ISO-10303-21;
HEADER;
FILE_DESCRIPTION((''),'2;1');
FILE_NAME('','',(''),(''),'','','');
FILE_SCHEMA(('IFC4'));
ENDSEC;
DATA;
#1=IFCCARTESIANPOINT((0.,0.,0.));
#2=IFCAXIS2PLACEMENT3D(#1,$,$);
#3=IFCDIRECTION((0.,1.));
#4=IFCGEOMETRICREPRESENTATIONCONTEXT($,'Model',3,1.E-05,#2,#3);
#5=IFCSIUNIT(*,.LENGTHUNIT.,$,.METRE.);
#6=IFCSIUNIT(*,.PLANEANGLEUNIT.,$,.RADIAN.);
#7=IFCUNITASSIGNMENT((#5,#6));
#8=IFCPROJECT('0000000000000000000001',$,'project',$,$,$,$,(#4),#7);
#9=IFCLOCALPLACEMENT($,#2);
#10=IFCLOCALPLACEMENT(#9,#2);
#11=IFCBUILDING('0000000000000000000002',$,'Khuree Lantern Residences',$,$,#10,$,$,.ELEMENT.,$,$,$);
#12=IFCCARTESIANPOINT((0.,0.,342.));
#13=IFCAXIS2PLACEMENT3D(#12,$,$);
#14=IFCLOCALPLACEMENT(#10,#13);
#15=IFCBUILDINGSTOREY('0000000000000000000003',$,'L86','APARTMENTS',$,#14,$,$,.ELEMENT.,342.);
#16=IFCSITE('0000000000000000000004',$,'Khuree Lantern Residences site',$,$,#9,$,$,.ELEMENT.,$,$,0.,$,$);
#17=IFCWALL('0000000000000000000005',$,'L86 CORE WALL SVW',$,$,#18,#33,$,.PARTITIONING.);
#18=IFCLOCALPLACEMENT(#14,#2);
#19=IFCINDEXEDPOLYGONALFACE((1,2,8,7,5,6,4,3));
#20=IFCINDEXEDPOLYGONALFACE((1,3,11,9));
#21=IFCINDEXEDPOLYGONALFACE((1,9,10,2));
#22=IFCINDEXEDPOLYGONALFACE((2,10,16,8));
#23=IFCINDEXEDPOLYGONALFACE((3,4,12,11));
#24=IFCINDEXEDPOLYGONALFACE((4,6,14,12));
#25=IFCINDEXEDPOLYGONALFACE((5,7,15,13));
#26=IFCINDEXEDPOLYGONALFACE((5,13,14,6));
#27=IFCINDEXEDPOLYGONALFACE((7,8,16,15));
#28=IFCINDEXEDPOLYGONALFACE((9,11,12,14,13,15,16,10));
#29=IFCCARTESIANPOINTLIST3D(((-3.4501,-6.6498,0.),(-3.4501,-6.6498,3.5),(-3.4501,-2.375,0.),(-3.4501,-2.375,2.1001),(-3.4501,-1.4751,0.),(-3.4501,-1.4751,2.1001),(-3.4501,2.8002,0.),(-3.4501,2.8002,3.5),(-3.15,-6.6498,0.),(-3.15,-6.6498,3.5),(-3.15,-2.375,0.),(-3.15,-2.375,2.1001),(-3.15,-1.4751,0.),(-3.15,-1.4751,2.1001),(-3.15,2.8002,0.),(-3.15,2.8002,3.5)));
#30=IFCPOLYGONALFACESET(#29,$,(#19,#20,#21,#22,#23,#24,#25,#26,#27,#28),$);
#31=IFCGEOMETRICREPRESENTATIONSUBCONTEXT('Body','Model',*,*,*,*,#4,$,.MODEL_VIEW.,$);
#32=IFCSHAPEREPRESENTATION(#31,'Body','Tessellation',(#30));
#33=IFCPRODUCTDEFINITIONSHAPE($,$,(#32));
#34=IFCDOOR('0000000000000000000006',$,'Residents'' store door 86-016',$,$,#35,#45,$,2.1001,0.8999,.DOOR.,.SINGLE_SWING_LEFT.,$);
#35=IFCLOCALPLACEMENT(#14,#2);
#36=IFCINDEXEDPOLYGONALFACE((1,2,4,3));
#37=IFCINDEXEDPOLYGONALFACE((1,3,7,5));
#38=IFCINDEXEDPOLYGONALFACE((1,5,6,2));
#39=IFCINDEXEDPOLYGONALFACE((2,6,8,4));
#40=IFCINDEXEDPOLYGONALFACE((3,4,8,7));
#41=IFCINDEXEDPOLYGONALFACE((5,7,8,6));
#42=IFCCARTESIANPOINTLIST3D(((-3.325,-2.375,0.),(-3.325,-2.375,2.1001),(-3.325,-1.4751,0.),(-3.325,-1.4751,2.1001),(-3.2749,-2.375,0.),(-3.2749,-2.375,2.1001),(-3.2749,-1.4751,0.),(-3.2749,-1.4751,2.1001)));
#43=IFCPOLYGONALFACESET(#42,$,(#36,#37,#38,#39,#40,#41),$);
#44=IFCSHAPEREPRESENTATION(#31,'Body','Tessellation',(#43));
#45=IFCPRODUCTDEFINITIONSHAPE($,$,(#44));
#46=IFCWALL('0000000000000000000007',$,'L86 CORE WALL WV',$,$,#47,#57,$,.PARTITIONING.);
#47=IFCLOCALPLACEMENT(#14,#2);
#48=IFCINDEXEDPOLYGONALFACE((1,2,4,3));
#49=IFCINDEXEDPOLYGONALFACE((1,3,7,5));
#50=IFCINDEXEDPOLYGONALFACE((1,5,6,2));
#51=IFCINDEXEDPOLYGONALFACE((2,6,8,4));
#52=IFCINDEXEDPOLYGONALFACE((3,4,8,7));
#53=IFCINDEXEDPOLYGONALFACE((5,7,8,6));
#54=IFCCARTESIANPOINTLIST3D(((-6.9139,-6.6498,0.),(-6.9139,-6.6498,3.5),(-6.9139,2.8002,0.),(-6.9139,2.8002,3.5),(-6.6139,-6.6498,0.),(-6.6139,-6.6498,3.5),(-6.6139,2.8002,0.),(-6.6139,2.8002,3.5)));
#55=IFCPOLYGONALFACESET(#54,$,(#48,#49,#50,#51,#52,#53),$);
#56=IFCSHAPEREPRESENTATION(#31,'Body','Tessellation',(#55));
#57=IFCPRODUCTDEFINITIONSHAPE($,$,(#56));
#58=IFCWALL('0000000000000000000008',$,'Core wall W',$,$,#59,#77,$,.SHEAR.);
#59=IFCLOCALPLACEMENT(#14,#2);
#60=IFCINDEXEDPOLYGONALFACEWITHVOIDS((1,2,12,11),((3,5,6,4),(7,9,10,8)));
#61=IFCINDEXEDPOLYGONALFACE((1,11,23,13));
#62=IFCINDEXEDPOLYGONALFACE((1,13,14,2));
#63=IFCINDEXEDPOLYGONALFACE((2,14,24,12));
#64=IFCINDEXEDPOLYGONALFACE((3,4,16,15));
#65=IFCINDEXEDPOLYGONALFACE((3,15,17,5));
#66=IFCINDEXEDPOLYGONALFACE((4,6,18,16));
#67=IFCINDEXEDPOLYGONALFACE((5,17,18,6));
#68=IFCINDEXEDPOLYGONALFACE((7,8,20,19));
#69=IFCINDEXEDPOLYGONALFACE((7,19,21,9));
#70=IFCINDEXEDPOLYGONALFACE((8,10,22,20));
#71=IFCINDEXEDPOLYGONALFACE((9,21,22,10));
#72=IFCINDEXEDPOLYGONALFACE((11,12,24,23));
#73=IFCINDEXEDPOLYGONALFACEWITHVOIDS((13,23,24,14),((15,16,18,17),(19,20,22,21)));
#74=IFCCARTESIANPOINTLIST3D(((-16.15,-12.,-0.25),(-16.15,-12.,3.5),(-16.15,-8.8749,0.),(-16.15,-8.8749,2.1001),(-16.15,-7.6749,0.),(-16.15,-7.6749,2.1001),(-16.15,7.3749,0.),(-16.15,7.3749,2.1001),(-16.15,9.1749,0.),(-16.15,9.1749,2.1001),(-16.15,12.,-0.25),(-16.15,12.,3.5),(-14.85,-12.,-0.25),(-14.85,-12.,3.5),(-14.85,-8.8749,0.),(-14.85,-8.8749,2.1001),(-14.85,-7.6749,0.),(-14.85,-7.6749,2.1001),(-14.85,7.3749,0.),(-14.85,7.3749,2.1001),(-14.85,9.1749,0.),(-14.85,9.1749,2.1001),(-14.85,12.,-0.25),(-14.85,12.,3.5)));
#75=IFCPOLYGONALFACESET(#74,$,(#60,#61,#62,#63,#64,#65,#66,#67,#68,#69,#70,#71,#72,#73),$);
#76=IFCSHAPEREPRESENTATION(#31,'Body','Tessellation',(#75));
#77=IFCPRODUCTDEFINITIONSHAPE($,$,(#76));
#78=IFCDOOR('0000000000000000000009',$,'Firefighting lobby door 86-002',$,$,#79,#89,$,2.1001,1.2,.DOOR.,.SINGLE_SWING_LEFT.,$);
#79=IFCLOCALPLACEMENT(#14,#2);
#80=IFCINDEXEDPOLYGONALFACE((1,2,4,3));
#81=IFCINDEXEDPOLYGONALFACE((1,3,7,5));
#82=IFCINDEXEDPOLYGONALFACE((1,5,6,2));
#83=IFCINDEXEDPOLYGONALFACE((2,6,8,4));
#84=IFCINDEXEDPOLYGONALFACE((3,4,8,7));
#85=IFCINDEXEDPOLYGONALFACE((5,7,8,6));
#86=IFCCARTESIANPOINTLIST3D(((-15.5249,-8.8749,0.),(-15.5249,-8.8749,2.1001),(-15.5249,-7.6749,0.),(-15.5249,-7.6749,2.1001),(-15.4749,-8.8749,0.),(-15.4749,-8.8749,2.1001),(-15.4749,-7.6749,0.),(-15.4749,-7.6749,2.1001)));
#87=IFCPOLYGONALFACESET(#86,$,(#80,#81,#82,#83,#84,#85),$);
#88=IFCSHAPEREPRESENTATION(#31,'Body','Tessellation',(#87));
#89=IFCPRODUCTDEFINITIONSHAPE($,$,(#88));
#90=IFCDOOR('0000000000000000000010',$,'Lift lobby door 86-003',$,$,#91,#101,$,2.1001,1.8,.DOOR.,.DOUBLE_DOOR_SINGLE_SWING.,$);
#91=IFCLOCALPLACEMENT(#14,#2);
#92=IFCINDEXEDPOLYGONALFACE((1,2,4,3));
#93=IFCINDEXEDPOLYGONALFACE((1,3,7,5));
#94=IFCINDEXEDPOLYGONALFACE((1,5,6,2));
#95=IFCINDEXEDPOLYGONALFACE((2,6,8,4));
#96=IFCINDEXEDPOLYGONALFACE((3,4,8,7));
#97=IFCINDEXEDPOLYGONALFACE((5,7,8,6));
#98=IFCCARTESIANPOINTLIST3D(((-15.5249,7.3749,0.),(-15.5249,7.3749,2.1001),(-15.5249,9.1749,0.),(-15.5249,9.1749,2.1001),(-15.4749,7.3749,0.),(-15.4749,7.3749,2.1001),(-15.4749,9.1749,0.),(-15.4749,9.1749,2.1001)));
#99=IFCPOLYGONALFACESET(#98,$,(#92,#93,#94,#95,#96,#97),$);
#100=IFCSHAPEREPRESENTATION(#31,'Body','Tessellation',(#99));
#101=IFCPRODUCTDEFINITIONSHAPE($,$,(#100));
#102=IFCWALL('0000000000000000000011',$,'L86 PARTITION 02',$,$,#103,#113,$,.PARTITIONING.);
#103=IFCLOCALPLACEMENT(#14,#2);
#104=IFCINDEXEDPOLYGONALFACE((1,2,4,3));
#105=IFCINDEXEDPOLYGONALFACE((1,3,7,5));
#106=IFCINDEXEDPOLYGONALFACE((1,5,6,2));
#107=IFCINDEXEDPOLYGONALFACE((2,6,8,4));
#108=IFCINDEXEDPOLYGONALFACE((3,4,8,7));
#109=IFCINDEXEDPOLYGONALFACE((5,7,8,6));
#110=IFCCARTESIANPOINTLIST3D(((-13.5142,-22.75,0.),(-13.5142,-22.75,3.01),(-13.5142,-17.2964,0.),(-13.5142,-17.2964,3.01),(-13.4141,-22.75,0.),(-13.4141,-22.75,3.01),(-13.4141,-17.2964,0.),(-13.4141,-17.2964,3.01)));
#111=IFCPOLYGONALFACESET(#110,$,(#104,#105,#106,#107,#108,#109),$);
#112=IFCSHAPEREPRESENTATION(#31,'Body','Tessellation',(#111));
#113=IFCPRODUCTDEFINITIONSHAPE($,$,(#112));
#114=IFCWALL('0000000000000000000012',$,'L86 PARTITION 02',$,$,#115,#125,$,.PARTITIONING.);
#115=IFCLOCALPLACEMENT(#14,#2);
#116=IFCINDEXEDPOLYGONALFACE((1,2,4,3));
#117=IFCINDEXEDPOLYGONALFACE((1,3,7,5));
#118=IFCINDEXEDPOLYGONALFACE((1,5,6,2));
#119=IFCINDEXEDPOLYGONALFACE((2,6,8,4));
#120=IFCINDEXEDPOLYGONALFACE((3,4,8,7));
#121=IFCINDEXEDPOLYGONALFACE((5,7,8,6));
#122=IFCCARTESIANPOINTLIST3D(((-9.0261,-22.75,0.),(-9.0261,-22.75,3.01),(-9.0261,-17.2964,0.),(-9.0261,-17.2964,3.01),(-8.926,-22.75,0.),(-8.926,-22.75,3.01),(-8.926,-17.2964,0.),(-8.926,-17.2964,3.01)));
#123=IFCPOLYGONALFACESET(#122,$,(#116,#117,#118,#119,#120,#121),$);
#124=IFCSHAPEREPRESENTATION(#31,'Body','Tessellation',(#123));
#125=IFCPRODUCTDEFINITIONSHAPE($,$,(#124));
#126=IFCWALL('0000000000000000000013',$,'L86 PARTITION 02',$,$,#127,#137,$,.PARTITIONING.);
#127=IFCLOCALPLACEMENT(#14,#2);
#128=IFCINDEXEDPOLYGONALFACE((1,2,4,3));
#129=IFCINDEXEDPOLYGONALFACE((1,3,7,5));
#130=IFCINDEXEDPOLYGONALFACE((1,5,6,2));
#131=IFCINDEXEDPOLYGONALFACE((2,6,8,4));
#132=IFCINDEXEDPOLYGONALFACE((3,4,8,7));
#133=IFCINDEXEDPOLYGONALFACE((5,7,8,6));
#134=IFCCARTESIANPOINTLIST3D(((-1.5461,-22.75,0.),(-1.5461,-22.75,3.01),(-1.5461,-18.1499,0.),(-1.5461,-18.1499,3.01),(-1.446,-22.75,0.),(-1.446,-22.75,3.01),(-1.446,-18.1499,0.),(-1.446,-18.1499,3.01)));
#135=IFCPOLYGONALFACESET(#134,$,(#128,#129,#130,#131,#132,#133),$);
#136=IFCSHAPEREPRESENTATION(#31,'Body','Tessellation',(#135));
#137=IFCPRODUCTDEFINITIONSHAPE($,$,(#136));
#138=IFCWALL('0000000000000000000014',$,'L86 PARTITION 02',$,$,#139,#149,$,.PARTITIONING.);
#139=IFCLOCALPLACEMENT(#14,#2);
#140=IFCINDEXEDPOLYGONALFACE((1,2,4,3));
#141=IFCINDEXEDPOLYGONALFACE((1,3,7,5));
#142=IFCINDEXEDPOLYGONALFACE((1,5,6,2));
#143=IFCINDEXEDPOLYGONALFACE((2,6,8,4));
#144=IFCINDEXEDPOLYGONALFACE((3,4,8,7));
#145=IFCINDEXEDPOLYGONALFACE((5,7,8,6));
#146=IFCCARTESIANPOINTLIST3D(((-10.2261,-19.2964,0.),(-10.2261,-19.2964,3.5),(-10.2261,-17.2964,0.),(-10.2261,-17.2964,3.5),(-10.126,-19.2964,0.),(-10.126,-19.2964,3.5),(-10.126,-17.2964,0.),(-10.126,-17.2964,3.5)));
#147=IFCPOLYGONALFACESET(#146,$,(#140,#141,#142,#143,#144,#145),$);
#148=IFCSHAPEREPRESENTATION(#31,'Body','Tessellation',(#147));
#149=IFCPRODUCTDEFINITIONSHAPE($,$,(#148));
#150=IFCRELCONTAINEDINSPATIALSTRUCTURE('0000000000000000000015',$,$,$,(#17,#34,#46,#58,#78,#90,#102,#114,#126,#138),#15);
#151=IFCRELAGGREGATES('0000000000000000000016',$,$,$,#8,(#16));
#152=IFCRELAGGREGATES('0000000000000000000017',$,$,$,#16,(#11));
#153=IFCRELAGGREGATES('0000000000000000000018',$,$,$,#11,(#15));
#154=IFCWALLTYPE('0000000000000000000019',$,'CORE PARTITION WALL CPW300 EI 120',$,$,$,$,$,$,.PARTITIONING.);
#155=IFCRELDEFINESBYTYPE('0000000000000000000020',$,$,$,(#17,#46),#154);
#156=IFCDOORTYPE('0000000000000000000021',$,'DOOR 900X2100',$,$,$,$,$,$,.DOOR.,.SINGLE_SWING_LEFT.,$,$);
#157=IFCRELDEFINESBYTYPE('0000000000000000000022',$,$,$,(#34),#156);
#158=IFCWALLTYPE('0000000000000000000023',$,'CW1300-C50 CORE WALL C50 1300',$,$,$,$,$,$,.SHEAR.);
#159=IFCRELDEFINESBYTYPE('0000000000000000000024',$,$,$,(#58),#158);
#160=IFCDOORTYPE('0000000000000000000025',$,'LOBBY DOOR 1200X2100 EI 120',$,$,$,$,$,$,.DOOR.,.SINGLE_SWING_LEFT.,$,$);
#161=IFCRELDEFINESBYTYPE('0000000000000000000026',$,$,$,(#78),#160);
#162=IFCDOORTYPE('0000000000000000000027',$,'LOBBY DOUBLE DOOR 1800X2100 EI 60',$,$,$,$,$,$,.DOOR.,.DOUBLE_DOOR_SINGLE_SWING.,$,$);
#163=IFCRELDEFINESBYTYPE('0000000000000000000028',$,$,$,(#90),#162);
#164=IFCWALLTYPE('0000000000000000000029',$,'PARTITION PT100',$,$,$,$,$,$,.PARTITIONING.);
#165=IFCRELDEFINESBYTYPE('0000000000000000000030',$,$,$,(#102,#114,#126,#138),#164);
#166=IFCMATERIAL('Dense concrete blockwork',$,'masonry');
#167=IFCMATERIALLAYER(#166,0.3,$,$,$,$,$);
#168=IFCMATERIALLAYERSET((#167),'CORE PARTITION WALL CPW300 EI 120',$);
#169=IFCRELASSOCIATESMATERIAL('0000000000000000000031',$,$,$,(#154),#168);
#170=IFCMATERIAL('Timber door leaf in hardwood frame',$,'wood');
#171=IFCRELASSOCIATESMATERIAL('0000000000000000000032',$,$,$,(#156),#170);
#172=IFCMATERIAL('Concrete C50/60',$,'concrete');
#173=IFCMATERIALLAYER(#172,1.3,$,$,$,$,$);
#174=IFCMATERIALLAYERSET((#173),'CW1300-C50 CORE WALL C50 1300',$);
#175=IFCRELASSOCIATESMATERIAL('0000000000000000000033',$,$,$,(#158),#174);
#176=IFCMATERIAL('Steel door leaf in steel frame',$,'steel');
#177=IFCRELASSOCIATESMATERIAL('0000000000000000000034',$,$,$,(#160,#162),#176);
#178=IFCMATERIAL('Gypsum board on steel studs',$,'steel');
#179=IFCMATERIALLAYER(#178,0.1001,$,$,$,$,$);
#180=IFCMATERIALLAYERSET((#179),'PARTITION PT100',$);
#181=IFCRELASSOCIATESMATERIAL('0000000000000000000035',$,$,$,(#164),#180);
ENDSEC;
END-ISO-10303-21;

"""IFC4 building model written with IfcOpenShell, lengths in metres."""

from ifc_helpers import new_model, si_unit, direction, frame, frame_2d, origin, place, context, subcontext, project, spatial, rectangle, extrude, material, layer, layer_set, type_object, element, fill, save


model = new_model("IFC4")

# Units and contexts
model_context = context("Model", 3, precision=1e-05, world=origin(), true_north=direction((0.0, 1.0)))
body_context = subcontext(model_context, "Body", "Model", "MODEL_VIEW")
ifc_project = project(units=[si_unit("LENGTHUNIT", "METRE"), si_unit("PLANEANGLEUNIT", "RADIAN")], contexts=[model_context])

# Site, building, storey
site_placement = place(None, origin())
site = spatial("IfcSite", under=ifc_project, at=site_placement, Name="Khuree Lantern Residences site", CompositionType="ELEMENT", RefElevation=0.0)
building_placement = place(site_placement, origin())
building = spatial("IfcBuilding", under=site, at=building_placement, Name="Khuree Lantern Residences", CompositionType="ELEMENT")
storey_placement = place(building_placement, frame((0.0, 0.0, 342.0)))
storey = spatial("IfcBuildingStorey", under=building, at=storey_placement, Name="L86", Description="APARTMENTS", CompositionType="ELEMENT", Elevation=342.0)

# Shared definitions
ifc_material_1 = material(Name="Dense concrete blockwork", Category="masonry")
ifc_layer_1 = layer(ifc_material_1, 0.3)
ifc_layer_set_1 = layer_set([ifc_layer_1], Name="CORE PARTITION WALL CPW300 EI 120")
wall_type_1 = type_object("IfcWallType", Name="CORE PARTITION WALL CPW300 EI 120", PredefinedType="PARTITIONING", material=ifc_layer_set_1)

# Shared definitions
ifc_material_2 = material(Name="Steel door leaf in steel frame", Category="steel")

# Wall, opening, door
wall_1_placement = place(storey_placement, frame((-3.3, -6.6499, 0.0), z_axis=(0.0, 0.0, 1.0), x_axis=(0.0, 1.0, 0.0)))
wall_1 = element("IfcWall", 1, at=wall_1_placement, inside=storey, type_object=wall_type_1, Name="L86 CORE WALL SVW", PredefinedType="PARTITIONING", context=body_context, shape_type="SweptSolid", body=[
    extrude(rectangle(XDim=9.45, YDim=0.3, at=frame_2d((4.7251, 0.0))), origin(), (0.0, 0.0, 1.0), 3.5),
])
opening_1_placement = place(wall_1_placement, frame((4.2749, 0.0, 0.0)))
opening_1 = element("IfcOpeningElement", 2, at=opening_1_placement, cuts=wall_1, PredefinedType="OPENING", context=body_context, shape_type="SweptSolid", body=[
    extrude(rectangle(XDim=0.8999, YDim=2.1001, at=frame_2d((0.45, 1.05))), frame((0.0, 0.1602, 0.0), z_axis=(0.0, -1.0, 0.0), x_axis=(1.0, 0.0, 0.0)), (0.0, 0.0, 1.0), 0.3201),
])
ifc_material_3 = material(Name="Timber door leaf in hardwood frame", Category="wood")
door_type_1 = type_object("IfcDoorType", Name="DOOR 900X2100", OperationType="SINGLE_SWING_LEFT", PredefinedType="DOOR", material=ifc_material_3)
door_1_placement = place(opening_1_placement, origin())
door_1 = element("IfcDoor", 3, at=door_1_placement, inside=storey, type_object=door_type_1, Name="Residents' store door 86-016", OperationType="SINGLE_SWING_LEFT", OverallHeight=2.1001, OverallWidth=0.8999, PredefinedType="DOOR", context=body_context, shape_type="SweptSolid", body=[
    extrude(rectangle(XDim=0.8999, YDim=2.1001, at=frame_2d((0.45, 1.05))), frame((0.0, 0.0249, 0.0), z_axis=(0.0, -1.0, 0.0), x_axis=(1.0, 0.0, 0.0)), (0.0, 0.0, 1.0), 0.05),
])
fill(opening_1, door_1)

# Wall
wall_2_placement = place(storey_placement, frame((-6.7639, -6.6499, 0.0), z_axis=(0.0, 0.0, 1.0), x_axis=(0.0, 1.0, 0.0)))
element("IfcWall", 4, at=wall_2_placement, inside=storey, type_object=wall_type_1, Name="L86 CORE WALL WV", PredefinedType="PARTITIONING", context=body_context, shape_type="SweptSolid", body=[
    extrude(rectangle(XDim=9.45, YDim=0.3, at=frame_2d((4.7251, 0.0))), origin(), (0.0, 0.0, 1.0), 3.5),
])

# Wall, openings, doors
ifc_material_4 = material(Name="Concrete C50/60", Category="concrete")
ifc_layer_2 = layer(ifc_material_4, 1.3)
ifc_layer_set_2 = layer_set([ifc_layer_2], Name="CW1300-C50 CORE WALL C50 1300")
wall_type_2 = type_object("IfcWallType", Name="CW1300-C50 CORE WALL C50 1300", PredefinedType="SHEAR", material=ifc_layer_set_2)
wall_3_placement = place(storey_placement, frame((-15.5, -12.0, -0.25), z_axis=(0.0, 0.0, 1.0), x_axis=(0.0, 1.0, 0.0)))
wall_3 = element("IfcWall", 5, at=wall_3_placement, inside=storey, type_object=wall_type_2, Name="Core wall W", PredefinedType="SHEAR", context=body_context, shape_type="SweptSolid", body=[
    extrude(rectangle(XDim=24.0, YDim=1.3, at=frame_2d((12.0, 0.0))), origin(), (0.0, 0.0, 1.0), 3.75),
])
opening_2_placement = place(wall_3_placement, frame((3.125, 0.0, 0.25)))
opening_2 = element("IfcOpeningElement", 6, at=opening_2_placement, cuts=wall_3, PredefinedType="OPENING", context=body_context, shape_type="SweptSolid", body=[
    extrude(rectangle(XDim=1.2, YDim=2.1001, at=frame_2d((0.6001, 1.05))), frame((0.0, 0.6602, 0.0), z_axis=(0.0, -1.0, 0.0), x_axis=(1.0, 0.0, 0.0)), (0.0, 0.0, 1.0), 1.3201),
])
opening_3_placement = place(wall_3_placement, frame((19.375, 0.0, 0.25)))
opening_3 = element("IfcOpeningElement", 7, at=opening_3_placement, cuts=wall_3, PredefinedType="OPENING", context=body_context, shape_type="SweptSolid", body=[
    extrude(rectangle(XDim=1.8, YDim=2.1001, at=frame_2d((0.8999, 1.05))), frame((0.0, 0.6602, 0.0), z_axis=(0.0, -1.0, 0.0), x_axis=(1.0, 0.0, 0.0)), (0.0, 0.0, 1.0), 1.3201),
])
door_type_2 = type_object("IfcDoorType", Name="LOBBY DOOR 1200X2100 EI 120", OperationType="SINGLE_SWING_LEFT", PredefinedType="DOOR", material=ifc_material_2)
door_2_placement = place(opening_2_placement, origin())
door_2 = element("IfcDoor", 8, at=door_2_placement, inside=storey, type_object=door_type_2, Name="Firefighting lobby door 86-002", OperationType="SINGLE_SWING_LEFT", OverallHeight=2.1001, OverallWidth=1.2, PredefinedType="DOOR", context=body_context, shape_type="SweptSolid", body=[
    extrude(rectangle(XDim=1.2, YDim=2.1001, at=frame_2d((0.6001, 1.05))), frame((0.0, 0.0249, 0.0), z_axis=(0.0, -1.0, 0.0), x_axis=(1.0, 0.0, 0.0)), (0.0, 0.0, 1.0), 0.05),
])
fill(opening_2, door_2)
door_type_3 = type_object("IfcDoorType", Name="LOBBY DOUBLE DOOR 1800X2100 EI 60", OperationType="DOUBLE_DOOR_SINGLE_SWING", PredefinedType="DOOR", material=ifc_material_2)
door_3_placement = place(opening_3_placement, origin())
door_3 = element("IfcDoor", 9, at=door_3_placement, inside=storey, type_object=door_type_3, Name="Lift lobby door 86-003", OperationType="DOUBLE_DOOR_SINGLE_SWING", OverallHeight=2.1001, OverallWidth=1.8, PredefinedType="DOOR", context=body_context, shape_type="SweptSolid", body=[
    extrude(rectangle(XDim=1.8, YDim=2.1001, at=frame_2d((0.8999, 1.05))), frame((0.0, 0.0249, 0.0), z_axis=(0.0, -1.0, 0.0), x_axis=(1.0, 0.0, 0.0)), (0.0, 0.0, 1.0), 0.05),
])
fill(opening_3, door_3)

# Walls
ifc_material_5 = material(Name="Gypsum board on steel studs", Category="steel")
ifc_layer_3 = layer(ifc_material_5, 0.1001)
ifc_layer_set_3 = layer_set([ifc_layer_3], Name="PARTITION PT100")
wall_type_3 = type_object("IfcWallType", Name="PARTITION PT100", PredefinedType="PARTITIONING", material=ifc_layer_set_3)
for number, where, z_axis, x_axis, name in (
    (10, (-13.4641, -17.2964, 0.0), (0.0, 0.0, 1.0), (0.0, -1.0, 0.0), "L86 PARTITION 02"),
    (11, (-8.9761, -17.2964, 0.0), (0.0, 0.0, 1.0), (0.0, -1.0, 0.0), "L86 PARTITION 02"),
):
    element("IfcWall", number, at=place(storey_placement, frame(where, z_axis=z_axis, x_axis=x_axis)), inside=storey, type_object=wall_type_3, Name=name, PredefinedType="PARTITIONING", context=body_context, shape_type="SweptSolid", body=[
        extrude(rectangle(XDim=5.4536, YDim=0.1001, at=frame_2d((2.7268, 0.0))), origin(), (0.0, 0.0, 1.0), 3.01),
    ])
wall_4_placement = place(storey_placement, frame((-1.4961, -18.1499, 0.0), z_axis=(0.0, 0.0, 1.0), x_axis=(0.0, -1.0, 0.0)))
element("IfcWall", 12, at=wall_4_placement, inside=storey, type_object=wall_type_3, Name="L86 PARTITION 02", PredefinedType="PARTITIONING", context=body_context, shape_type="SweptSolid", body=[
    extrude(rectangle(XDim=4.6001, YDim=0.1001, at=frame_2d((2.3, 0.0))), origin(), (0.0, 0.0, 1.0), 3.01),
])
wall_5_placement = place(storey_placement, frame((-10.176, -17.2964, 0.0), z_axis=(0.0, 0.0, 1.0), x_axis=(0.0, -1.0, 0.0)))
element("IfcWall", 13, at=wall_5_placement, inside=storey, type_object=wall_type_3, Name="L86 PARTITION 02", PredefinedType="PARTITIONING", context=body_context, shape_type="SweptSolid", body=[
    extrude(rectangle(XDim=2.0, YDim=0.1001, at=frame_2d((1.0, 0.0))), origin(), (0.0, 0.0, 1.0), 3.5),
])

save(model, "model.ifc")
